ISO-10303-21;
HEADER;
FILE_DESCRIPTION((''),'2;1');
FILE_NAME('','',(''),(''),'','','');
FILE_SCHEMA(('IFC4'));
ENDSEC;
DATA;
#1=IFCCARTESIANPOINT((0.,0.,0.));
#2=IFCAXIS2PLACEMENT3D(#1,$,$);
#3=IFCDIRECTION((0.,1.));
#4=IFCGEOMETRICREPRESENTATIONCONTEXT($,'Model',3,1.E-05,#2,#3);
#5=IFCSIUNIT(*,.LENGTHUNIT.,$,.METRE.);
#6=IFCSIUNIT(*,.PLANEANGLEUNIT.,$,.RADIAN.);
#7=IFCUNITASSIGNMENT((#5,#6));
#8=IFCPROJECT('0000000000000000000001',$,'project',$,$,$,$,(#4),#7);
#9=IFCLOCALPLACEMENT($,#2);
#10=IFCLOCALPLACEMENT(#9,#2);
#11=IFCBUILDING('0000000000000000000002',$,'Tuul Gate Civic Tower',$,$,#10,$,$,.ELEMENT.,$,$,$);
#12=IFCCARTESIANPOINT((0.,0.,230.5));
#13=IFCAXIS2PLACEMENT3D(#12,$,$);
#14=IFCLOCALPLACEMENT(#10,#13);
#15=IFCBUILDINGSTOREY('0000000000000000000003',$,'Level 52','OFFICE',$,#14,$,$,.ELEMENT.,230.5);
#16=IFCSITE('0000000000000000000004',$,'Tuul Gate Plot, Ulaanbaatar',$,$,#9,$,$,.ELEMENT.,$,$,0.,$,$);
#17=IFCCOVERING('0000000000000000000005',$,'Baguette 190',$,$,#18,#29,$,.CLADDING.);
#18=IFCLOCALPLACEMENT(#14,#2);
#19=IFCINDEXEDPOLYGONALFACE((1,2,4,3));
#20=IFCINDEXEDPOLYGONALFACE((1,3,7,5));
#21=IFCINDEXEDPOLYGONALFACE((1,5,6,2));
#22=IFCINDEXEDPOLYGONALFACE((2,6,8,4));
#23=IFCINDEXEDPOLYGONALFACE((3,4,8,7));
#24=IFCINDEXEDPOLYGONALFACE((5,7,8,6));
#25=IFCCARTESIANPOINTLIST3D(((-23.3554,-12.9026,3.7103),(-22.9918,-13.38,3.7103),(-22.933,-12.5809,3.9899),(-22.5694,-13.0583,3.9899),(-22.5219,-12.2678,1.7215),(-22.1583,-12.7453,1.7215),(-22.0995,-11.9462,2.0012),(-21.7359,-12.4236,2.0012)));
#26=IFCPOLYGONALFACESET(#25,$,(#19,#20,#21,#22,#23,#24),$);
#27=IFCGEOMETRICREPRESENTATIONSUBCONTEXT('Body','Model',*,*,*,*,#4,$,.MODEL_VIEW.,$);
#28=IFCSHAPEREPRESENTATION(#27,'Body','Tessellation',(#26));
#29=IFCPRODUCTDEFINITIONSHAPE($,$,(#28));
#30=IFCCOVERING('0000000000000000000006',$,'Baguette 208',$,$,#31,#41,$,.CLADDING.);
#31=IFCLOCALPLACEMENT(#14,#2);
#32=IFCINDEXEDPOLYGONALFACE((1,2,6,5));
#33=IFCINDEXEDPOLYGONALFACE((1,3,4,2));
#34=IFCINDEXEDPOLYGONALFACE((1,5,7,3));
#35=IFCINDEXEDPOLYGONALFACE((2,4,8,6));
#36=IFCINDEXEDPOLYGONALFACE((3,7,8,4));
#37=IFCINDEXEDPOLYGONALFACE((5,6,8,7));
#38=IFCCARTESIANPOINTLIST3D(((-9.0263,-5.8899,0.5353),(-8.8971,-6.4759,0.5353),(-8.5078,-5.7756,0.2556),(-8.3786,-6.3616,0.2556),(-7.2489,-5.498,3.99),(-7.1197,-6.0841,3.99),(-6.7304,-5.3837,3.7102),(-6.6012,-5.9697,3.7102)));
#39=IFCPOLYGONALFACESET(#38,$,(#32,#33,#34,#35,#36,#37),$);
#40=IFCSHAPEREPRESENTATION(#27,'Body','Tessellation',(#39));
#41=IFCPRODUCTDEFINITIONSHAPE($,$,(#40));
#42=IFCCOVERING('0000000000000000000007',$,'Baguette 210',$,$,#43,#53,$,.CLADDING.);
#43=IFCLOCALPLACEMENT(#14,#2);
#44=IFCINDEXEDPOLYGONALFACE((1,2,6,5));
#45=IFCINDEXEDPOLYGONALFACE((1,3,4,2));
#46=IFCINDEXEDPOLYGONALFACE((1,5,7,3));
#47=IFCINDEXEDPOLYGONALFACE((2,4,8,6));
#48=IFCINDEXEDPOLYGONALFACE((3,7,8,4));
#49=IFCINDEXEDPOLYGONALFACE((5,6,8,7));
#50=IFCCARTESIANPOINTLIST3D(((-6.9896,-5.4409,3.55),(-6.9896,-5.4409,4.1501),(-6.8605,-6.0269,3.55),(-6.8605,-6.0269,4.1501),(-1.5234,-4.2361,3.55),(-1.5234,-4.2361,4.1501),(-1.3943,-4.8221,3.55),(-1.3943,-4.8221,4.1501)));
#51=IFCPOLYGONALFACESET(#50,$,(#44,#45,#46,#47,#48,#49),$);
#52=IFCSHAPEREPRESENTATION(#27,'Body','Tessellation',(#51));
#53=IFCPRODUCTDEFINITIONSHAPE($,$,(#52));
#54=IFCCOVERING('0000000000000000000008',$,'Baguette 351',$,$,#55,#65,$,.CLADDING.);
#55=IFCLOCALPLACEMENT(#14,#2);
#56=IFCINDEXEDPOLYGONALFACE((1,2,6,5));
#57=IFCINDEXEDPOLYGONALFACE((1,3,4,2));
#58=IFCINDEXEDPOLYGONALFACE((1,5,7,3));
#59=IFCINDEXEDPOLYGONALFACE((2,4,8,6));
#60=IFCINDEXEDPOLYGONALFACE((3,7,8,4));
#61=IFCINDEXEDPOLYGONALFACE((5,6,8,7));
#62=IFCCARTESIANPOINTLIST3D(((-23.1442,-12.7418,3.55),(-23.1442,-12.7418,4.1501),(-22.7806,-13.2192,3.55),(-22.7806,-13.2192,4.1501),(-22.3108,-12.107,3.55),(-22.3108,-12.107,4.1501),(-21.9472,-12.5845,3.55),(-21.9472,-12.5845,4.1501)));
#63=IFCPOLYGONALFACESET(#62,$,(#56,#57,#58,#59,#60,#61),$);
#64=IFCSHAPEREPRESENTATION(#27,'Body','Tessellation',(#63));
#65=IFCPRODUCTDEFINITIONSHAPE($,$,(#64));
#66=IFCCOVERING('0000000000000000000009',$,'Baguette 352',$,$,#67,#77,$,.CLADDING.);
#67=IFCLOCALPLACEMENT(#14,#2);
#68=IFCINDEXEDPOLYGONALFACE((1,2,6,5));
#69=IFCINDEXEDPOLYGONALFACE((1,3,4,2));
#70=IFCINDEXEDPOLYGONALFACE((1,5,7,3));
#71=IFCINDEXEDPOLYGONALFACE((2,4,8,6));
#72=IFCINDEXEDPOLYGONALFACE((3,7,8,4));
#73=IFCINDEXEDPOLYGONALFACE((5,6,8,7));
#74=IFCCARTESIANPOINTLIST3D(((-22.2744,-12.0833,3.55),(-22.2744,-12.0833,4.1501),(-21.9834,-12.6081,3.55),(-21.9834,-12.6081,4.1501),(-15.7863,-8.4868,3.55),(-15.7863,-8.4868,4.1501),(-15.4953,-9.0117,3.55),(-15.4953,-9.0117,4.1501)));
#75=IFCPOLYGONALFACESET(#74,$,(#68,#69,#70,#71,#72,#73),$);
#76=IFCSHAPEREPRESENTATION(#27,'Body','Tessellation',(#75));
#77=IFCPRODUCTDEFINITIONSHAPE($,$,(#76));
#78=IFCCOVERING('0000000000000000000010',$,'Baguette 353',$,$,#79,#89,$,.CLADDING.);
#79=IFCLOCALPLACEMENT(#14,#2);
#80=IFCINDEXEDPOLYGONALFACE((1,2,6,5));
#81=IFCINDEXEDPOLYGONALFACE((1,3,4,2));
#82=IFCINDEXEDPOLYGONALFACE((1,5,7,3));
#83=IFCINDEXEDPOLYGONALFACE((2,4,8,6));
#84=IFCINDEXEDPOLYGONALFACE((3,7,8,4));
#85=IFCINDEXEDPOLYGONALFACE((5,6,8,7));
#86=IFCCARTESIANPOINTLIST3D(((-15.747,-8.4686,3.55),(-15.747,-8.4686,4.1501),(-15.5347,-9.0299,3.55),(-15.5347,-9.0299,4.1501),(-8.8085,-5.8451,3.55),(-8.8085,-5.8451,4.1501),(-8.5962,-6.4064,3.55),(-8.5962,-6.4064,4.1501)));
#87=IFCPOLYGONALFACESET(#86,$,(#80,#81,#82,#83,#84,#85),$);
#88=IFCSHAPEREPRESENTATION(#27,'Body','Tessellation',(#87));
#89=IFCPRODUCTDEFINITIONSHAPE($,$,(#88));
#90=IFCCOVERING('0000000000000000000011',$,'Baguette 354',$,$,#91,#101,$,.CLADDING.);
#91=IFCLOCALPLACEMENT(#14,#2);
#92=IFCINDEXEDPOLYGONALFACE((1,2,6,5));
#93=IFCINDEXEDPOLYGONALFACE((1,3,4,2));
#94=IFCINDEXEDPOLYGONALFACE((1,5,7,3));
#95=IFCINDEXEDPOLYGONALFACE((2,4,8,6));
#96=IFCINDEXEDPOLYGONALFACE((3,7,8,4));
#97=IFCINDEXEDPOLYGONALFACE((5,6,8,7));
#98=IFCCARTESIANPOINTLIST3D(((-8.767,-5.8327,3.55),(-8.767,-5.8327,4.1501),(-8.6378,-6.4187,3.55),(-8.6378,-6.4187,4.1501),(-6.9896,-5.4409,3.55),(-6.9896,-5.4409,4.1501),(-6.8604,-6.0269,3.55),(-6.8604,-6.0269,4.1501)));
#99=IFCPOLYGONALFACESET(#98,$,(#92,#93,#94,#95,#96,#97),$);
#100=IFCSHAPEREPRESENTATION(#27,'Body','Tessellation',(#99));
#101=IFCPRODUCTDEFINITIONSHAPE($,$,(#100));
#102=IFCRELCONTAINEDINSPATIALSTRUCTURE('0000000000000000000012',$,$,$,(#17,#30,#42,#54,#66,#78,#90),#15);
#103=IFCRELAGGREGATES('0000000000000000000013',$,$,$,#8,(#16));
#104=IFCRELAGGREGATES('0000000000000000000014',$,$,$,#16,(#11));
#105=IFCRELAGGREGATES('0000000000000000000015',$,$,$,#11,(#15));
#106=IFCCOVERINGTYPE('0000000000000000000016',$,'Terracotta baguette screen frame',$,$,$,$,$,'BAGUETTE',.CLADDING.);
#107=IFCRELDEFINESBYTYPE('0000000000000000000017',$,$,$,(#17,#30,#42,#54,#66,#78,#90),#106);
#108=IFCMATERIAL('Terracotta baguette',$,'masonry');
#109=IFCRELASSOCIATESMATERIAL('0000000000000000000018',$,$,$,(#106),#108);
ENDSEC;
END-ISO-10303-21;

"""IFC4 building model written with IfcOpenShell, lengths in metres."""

from ifc_helpers import new_model, si_unit, direction, frame, origin, origin_2d, place, context, subcontext, project, spatial, rectangle, extrude, material, material_profile, profile_set, type_object, element, save


model = new_model("IFC4")

# Units and contexts
model_context = context("Model", 3, precision=1e-05, world=origin(), true_north=direction((0.0, 1.0)))
body_context = subcontext(model_context, "Body", "Model", "MODEL_VIEW")
ifc_project = project(units=[si_unit("LENGTHUNIT", "METRE"), si_unit("PLANEANGLEUNIT", "RADIAN")], contexts=[model_context])

# Site, building, storey
site_placement = place(None, origin())
site = spatial("IfcSite", under=ifc_project, at=site_placement, Name="Tuul Gate Plot, Ulaanbaatar", CompositionType="ELEMENT", RefElevation=0.0)
building_placement = place(site_placement, origin())
building = spatial("IfcBuilding", under=site, at=building_placement, Name="Tuul Gate Civic Tower", CompositionType="ELEMENT")
storey_placement = place(building_placement, frame((0.0, 0.0, 230.5)))
storey = spatial("IfcBuildingStorey", under=building, at=storey_placement, Name="Level 52", Description="OFFICE", CompositionType="ELEMENT", Elevation=230.5)

# Coverings
ifc_material_1 = material(Name="Terracotta baguette", Category="masonry")
ifc_material_profile_1 = material_profile(ifc_material_1, rectangle(XDim=0.6001, YDim=0.6001, at=origin_2d()), Name="Terracotta baguette screen frame")
ifc_profile_set_1 = profile_set([ifc_material_profile_1], Name="Terracotta baguette")
covering_type = type_object("IfcCoveringType", Name="Terracotta baguette screen frame", ElementType="BAGUETTE", PredefinedType="CLADDING", material=ifc_profile_set_1)
covering_1_placement = place(storey_placement, frame((-22.9624, -12.9805, 3.8501), z_axis=(0.370796, 0.282387, -0.884741), x_axis=(-0.605875, 0.79556, 0.0)))
element("IfcCovering", 1, at=covering_1_placement, inside=storey, type_object=covering_type, Name="Baguette 190", PredefinedType="CLADDING", context=body_context, shape_type="SweptSolid", body=[
    extrude(rectangle(XDim=0.6001, YDim=0.6001, at=origin_2d()), origin(), (0.0, 0.0, 1.0), 2.2478),
])
covering_2_placement = place(storey_placement, frame((-6.925, -5.7339, 3.8501), z_axis=(-0.455181, -0.100352, -0.884726), x_axis=(0.215297, -0.976549, 0.0)))
element("IfcCovering", 2, at=covering_2_placement, inside=storey, type_object=covering_type, Name="Baguette 208", PredefinedType="CLADDING", context=body_context, shape_type="SweptSolid", body=[
    extrude(rectangle(XDim=0.6001, YDim=0.6001, at=origin_2d()), origin(), (0.0, 0.0, 1.0), 3.9048),
])
covering_3_placement = place(storey_placement, frame((-6.925, -5.7339, 3.8501), z_axis=(0.97656, 0.215245, 0.0), x_axis=(-0.215245, 0.97656, 0.0)))
element("IfcCovering", 3, at=covering_3_placement, inside=storey, type_object=covering_type, Name="Baguette 210", PredefinedType="CLADDING", context=body_context, shape_type="SweptSolid", body=[
    extrude(rectangle(XDim=0.6001, YDim=0.6001, at=origin_2d()), origin(), (0.0, 0.0, 1.0), 5.5974),
])
covering_4_placement = place(storey_placement, frame((-22.9624, -12.9805, 3.8501), z_axis=(0.79556, 0.605875, 0.0), x_axis=(-0.605875, 0.79556, 0.0)))
element("IfcCovering", 4, at=covering_4_placement, inside=storey, type_object=covering_type, Name="Baguette 351", PredefinedType="CLADDING", context=body_context, shape_type="SweptSolid", body=[
    extrude(rectangle(XDim=0.6001, YDim=0.6001, at=origin_2d()), origin(), (0.0, 0.0, 1.0), 1.0476),
])
covering_5_placement = place(storey_placement, frame((-22.1289, -12.3457, 3.8501), z_axis=(0.874616, 0.484816, 0.0), x_axis=(-0.484816, 0.874616, 0.0)))
element("IfcCovering", 5, at=covering_5_placement, inside=storey, type_object=covering_type, Name="Baguette 352", PredefinedType="CLADDING", context=body_context, shape_type="SweptSolid", body=[
    extrude(rectangle(XDim=0.6001, YDim=0.6001, at=origin_2d()), origin(), (0.0, 0.0, 1.0), 7.4182),
])
covering_6_placement = place(storey_placement, frame((-15.6409, -8.7493, 3.8501), z_axis=(0.935368, 0.353676, 0.0), x_axis=(-0.353676, 0.935368, 0.0)))
element("IfcCovering", 6, at=covering_6_placement, inside=storey, type_object=covering_type, Name="Baguette 353", PredefinedType="CLADDING", context=body_context, shape_type="SweptSolid", body=[
    extrude(rectangle(XDim=0.6001, YDim=0.6001, at=origin_2d()), origin(), (0.0, 0.0, 1.0), 7.418),
])
covering_7_placement = place(storey_placement, frame((-8.7024, -6.1257, 3.8501), z_axis=(0.976549, 0.215297, 0.0), x_axis=(-0.215297, 0.976549, 0.0)))
element("IfcCovering", 7, at=covering_7_placement, inside=storey, type_object=covering_type, Name="Baguette 354", PredefinedType="CLADDING", context=body_context, shape_type="SweptSolid", body=[
    extrude(rectangle(XDim=0.6001, YDim=0.6001, at=origin_2d()), origin(), (0.0, 0.0, 1.0), 1.8201),
])

save(model, "model.ifc")
